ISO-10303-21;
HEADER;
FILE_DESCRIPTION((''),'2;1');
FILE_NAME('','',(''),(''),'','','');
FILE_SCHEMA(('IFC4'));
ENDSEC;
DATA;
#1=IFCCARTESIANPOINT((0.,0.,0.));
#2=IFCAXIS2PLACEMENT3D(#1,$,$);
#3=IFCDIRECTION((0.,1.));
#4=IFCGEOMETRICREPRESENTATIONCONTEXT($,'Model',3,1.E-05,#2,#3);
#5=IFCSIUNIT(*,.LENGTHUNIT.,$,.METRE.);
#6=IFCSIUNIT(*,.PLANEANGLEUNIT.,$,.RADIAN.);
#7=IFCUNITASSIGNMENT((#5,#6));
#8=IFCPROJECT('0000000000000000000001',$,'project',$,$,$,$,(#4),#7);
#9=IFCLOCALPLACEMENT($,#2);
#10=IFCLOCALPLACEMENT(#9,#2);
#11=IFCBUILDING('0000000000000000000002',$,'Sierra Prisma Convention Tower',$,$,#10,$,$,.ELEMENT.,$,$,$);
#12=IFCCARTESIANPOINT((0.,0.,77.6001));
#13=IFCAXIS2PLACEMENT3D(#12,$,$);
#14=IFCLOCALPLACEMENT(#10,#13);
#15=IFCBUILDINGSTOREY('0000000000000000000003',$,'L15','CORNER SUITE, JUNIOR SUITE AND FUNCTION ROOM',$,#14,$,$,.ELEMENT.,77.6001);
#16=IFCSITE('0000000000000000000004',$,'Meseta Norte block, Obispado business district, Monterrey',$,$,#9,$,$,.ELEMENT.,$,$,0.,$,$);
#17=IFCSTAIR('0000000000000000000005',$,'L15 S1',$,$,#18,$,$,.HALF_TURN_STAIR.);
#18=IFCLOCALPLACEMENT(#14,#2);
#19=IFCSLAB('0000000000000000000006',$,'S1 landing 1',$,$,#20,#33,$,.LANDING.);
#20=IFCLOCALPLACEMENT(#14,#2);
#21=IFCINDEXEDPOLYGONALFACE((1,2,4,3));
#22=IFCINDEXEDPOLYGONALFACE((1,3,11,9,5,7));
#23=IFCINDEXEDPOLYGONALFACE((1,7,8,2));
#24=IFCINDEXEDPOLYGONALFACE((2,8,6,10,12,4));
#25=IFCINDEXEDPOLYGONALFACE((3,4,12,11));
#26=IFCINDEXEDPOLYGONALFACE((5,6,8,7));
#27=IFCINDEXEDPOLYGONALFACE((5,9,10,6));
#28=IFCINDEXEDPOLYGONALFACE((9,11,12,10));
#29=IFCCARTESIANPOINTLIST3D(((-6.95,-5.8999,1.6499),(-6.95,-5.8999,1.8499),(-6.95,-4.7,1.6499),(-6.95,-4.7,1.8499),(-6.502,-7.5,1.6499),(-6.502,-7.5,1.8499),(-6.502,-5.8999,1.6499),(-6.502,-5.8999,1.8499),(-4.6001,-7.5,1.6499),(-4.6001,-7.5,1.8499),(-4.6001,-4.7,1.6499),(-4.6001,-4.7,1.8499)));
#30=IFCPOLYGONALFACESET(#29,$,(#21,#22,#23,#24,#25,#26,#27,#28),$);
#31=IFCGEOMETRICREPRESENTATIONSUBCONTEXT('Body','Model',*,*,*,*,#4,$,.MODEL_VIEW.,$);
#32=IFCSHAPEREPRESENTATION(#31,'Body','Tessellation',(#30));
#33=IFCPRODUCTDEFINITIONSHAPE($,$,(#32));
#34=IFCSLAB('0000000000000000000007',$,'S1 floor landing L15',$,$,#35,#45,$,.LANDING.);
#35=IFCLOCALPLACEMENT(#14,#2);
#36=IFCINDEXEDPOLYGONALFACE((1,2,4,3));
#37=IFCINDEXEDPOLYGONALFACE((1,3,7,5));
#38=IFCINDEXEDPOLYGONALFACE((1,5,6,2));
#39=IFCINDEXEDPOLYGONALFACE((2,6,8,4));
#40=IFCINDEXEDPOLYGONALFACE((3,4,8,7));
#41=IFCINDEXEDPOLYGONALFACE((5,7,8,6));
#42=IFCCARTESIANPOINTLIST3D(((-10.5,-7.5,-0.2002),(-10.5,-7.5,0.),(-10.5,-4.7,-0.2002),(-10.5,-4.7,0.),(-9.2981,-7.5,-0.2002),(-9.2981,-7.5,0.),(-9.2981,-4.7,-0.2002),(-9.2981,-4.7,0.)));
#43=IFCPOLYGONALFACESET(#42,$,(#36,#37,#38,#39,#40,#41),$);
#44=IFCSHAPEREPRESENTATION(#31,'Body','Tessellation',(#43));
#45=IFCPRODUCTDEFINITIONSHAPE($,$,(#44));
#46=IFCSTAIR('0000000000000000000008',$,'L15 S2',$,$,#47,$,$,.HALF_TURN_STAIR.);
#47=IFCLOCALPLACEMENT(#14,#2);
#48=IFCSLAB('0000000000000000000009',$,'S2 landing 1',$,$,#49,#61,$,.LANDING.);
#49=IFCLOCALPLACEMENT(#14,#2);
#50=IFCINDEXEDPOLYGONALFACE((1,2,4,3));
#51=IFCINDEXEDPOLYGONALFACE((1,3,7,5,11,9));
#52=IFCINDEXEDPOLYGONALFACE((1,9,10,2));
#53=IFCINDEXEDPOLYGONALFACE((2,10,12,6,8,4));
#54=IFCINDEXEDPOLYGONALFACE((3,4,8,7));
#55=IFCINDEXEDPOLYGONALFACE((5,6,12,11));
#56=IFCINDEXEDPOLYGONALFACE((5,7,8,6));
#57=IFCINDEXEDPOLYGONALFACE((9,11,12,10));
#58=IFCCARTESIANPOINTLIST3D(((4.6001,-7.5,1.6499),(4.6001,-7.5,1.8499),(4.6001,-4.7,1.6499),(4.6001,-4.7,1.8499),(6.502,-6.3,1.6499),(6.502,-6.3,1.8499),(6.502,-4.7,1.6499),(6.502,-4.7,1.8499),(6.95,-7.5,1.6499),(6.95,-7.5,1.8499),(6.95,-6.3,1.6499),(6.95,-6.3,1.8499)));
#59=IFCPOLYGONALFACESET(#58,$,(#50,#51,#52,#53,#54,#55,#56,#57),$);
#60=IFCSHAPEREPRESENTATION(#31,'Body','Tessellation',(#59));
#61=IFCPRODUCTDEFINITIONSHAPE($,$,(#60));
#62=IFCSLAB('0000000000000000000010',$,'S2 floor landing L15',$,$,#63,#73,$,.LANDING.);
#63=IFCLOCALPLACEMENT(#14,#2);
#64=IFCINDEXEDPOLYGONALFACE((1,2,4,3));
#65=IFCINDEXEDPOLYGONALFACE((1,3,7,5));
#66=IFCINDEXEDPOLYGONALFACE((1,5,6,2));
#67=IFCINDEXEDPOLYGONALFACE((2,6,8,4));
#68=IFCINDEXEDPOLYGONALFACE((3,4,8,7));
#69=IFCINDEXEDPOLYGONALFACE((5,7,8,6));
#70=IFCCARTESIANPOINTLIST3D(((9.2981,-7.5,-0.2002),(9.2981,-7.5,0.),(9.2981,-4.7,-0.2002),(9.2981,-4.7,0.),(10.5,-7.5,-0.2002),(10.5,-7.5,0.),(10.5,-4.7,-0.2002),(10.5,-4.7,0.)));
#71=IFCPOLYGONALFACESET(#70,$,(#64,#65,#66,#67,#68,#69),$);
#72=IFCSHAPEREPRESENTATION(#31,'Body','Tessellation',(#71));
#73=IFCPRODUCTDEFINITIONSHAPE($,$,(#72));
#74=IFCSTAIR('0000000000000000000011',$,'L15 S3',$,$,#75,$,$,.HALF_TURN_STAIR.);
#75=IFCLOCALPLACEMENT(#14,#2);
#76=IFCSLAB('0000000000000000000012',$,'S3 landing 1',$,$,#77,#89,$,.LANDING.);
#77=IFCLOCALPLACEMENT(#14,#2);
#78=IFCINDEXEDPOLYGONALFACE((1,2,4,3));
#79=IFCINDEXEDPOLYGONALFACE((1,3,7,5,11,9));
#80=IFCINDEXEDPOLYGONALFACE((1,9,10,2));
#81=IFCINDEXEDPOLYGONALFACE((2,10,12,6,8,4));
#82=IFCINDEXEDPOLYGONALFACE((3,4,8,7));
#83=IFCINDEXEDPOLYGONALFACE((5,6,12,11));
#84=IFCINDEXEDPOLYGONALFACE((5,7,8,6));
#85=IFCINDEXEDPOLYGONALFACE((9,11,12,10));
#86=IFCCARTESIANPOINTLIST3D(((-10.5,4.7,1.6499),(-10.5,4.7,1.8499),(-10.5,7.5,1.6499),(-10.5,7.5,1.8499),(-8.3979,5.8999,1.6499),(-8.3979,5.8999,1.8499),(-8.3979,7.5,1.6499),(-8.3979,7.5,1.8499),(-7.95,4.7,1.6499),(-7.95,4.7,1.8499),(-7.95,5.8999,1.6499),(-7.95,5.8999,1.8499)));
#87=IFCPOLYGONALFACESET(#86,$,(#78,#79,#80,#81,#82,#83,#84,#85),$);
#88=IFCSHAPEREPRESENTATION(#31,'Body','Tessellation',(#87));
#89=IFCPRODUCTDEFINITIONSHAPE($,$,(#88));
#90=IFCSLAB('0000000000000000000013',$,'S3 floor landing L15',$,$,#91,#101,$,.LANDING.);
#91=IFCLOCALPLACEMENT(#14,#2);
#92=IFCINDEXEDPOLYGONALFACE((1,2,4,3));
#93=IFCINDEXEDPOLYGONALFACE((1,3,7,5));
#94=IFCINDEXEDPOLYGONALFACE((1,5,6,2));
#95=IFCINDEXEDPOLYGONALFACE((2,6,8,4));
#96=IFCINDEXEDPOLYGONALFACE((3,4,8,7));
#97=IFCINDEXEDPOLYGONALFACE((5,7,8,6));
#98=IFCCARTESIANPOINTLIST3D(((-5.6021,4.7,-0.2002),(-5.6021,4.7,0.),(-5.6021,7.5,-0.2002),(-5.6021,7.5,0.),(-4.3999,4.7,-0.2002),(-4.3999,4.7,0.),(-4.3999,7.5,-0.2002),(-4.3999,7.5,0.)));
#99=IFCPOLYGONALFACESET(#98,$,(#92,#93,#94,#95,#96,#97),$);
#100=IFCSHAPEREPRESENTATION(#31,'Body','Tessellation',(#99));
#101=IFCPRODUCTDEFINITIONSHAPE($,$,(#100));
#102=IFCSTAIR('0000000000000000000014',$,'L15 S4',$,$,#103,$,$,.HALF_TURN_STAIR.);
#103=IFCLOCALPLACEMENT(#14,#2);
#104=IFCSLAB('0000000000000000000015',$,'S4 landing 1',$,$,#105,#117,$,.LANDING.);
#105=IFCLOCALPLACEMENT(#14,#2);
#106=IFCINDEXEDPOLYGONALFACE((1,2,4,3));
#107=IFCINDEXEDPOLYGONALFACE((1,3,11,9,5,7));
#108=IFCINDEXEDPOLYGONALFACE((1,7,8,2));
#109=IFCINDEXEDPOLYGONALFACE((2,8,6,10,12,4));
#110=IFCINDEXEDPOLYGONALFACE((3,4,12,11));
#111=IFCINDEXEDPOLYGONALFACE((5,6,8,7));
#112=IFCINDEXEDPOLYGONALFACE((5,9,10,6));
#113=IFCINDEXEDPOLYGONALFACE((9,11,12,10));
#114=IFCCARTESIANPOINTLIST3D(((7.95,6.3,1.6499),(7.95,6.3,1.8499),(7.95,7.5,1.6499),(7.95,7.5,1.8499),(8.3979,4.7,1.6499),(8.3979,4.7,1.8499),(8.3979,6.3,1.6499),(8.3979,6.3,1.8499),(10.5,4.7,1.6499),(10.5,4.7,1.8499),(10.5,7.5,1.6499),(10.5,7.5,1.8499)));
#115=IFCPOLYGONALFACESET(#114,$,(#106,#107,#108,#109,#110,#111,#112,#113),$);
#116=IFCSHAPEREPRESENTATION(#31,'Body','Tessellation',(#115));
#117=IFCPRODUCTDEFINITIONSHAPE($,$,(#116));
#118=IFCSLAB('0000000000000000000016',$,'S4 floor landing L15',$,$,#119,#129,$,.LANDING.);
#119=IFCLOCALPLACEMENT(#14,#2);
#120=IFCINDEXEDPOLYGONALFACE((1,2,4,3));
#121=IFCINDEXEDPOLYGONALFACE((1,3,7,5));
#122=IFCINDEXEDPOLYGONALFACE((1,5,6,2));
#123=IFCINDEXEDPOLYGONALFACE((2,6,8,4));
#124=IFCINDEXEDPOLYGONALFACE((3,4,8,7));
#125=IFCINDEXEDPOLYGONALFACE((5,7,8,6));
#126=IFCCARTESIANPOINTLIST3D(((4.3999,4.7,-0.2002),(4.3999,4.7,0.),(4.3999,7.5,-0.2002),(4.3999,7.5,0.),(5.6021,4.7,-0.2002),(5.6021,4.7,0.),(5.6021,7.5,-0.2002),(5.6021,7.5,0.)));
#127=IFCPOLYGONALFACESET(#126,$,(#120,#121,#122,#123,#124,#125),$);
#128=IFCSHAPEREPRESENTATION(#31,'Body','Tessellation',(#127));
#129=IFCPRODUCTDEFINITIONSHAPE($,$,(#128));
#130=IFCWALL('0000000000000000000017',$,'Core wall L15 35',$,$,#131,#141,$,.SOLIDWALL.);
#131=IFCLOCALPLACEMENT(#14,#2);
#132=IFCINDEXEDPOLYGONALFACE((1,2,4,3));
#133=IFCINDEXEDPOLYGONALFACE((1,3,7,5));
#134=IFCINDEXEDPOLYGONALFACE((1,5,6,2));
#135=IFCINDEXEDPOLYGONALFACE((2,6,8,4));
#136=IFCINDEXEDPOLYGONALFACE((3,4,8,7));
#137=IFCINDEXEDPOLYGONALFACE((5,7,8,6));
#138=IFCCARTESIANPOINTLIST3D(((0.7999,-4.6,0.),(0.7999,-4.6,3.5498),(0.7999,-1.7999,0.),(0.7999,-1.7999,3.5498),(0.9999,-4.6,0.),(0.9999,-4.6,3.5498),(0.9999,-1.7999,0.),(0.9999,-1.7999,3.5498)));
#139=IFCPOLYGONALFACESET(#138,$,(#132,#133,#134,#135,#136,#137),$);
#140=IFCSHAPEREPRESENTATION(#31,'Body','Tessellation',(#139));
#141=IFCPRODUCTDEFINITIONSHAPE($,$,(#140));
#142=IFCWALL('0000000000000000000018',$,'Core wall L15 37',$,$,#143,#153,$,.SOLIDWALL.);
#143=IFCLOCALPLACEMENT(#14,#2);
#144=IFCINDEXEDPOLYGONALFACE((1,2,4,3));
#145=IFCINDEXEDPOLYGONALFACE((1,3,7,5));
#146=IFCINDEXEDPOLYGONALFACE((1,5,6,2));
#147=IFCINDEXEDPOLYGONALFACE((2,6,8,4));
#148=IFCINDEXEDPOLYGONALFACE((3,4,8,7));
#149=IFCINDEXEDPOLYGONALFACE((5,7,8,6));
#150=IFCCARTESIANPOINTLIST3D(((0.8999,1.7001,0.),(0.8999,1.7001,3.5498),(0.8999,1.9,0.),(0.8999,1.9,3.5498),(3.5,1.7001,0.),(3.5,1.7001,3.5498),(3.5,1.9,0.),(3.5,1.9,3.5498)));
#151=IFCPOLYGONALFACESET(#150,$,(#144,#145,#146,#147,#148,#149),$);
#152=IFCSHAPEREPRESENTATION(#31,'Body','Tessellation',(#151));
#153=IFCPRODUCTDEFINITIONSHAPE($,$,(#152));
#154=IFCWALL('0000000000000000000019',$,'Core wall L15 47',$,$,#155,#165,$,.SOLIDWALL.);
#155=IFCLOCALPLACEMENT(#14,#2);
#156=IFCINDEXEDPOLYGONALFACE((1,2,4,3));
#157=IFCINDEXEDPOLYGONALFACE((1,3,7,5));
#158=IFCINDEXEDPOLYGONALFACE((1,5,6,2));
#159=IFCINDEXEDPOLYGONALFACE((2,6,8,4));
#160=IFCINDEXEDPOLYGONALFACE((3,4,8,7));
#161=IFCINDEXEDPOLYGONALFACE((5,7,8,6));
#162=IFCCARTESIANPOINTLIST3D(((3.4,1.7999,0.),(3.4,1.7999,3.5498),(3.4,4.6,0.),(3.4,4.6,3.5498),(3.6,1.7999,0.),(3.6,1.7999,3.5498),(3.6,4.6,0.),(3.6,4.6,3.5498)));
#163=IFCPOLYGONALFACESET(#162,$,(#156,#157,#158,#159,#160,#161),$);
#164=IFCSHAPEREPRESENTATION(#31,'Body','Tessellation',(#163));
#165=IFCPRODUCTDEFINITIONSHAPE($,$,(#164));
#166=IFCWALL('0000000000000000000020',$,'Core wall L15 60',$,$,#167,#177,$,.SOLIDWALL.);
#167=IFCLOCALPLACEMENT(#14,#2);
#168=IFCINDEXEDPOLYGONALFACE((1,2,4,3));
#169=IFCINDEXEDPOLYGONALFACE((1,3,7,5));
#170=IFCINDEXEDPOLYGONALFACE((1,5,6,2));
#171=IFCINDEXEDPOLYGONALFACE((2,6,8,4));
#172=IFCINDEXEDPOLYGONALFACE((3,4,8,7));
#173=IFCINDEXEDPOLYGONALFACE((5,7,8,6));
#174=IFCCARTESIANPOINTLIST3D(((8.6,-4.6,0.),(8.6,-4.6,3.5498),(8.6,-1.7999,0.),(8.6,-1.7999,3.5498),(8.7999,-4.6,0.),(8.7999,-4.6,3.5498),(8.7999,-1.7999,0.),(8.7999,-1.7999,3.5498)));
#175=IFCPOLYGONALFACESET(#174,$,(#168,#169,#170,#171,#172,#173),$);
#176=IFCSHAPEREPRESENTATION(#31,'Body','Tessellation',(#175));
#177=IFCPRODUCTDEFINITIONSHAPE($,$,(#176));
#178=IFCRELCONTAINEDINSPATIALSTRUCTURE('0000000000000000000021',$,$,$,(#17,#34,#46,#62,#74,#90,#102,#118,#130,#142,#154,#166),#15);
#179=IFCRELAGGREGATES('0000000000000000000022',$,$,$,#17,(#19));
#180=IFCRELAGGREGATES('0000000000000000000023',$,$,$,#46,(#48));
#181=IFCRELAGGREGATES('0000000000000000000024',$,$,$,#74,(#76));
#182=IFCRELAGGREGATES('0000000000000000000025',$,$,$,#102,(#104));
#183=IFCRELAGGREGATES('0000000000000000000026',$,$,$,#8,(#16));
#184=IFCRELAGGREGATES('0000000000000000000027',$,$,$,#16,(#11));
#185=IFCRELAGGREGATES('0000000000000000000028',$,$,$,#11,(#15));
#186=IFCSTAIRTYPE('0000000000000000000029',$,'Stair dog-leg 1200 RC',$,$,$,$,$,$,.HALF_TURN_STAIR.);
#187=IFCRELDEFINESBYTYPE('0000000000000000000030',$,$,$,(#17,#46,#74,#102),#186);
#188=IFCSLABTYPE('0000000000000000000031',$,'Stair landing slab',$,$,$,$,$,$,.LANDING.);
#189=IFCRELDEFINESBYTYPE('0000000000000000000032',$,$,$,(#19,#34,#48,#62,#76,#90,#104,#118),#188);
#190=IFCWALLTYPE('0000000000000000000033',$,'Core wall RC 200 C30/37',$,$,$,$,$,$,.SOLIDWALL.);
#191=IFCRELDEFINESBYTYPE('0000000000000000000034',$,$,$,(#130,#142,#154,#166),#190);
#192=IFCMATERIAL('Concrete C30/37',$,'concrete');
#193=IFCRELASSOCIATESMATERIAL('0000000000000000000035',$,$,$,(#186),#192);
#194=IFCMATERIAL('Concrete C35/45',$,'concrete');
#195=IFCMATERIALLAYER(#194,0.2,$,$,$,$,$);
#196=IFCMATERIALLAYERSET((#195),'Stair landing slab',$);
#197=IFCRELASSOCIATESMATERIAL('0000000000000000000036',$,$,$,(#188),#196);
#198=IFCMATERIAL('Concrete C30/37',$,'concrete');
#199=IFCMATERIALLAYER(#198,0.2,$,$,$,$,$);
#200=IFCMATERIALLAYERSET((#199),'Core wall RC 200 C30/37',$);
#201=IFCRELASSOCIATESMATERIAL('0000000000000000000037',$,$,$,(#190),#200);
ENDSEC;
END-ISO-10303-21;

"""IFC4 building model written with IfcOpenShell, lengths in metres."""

from ifc_helpers import new_model, si_unit, direction, frame, frame_2d, origin, place, context, subcontext, project, spatial, polyline, rectangle, outline, extrude, material, layer, layer_set, type_object, element, aggregate, save


model = new_model("IFC4")

# Units and contexts
model_context = context("Model", 3, precision=1e-05, world=origin(), true_north=direction((0.0, 1.0)))
body_context = subcontext(model_context, "Body", "Model", "MODEL_VIEW")
ifc_project = project(units=[si_unit("LENGTHUNIT", "METRE"), si_unit("PLANEANGLEUNIT", "RADIAN")], contexts=[model_context])

# Site, building, storey
site_placement = place(None, origin())
site = spatial("IfcSite", under=ifc_project, at=site_placement, Name="Meseta Norte block, Obispado business district, Monterrey", CompositionType="ELEMENT", RefElevation=0.0)
building_placement = place(site_placement, origin())
building = spatial("IfcBuilding", under=site, at=building_placement, Name="Sierra Prisma Convention Tower", CompositionType="ELEMENT")
storey_placement = place(building_placement, frame((0.0, 0.0, 77.6001)))
storey = spatial("IfcBuildingStorey", under=building, at=storey_placement, Name="L15", Description="CORNER SUITE, JUNIOR SUITE AND FUNCTION ROOM", CompositionType="ELEMENT", Elevation=77.6001)

# Stair, slab
ifc_material_1 = material(Name="Concrete C30/37", Category="concrete")
stair_type = type_object("IfcStairType", Name="Stair dog-leg 1200 RC", PredefinedType="HALF_TURN_STAIR", material=ifc_material_1)
stair_1_placement = place(storey_placement, origin())
stair_1 = element("IfcStair", 1, at=stair_1_placement, inside=storey, type_object=stair_type, Name="L15 S1", PredefinedType="HALF_TURN_STAIR")
ifc_material_2 = material(Name="Concrete C35/45", Category="concrete")
ifc_layer_1 = layer(ifc_material_2, 0.2)
ifc_layer_set_1 = layer_set([ifc_layer_1], Name="Stair landing slab")
slab_type = type_object("IfcSlabType", Name="Stair landing slab", PredefinedType="LANDING", material=ifc_layer_set_1)
slab_1_placement = place(storey_placement, frame((0.0, 0.0, 1.6499)))
slab_1 = element("IfcSlab", 2, at=slab_1_placement, type_object=slab_type, Name="S1 landing 1", PredefinedType="LANDING", context=body_context, shape_type="SweptSolid", body=[
    extrude(outline(polyline([(-4.6001, -4.7), (-4.6001, -7.5), (-6.502, -7.5), (-6.502, -5.8999), (-6.95, -5.8999), (-6.95, -4.7), (-4.6001, -4.7)])), origin(), (0.0, 0.0, 1.0), 0.2),
])
aggregate(stair_1, [slab_1])

# Slab
slab_2_placement = place(storey_placement, frame((0.0, 0.0, -0.2002)))
element("IfcSlab", 3, at=slab_2_placement, inside=storey, type_object=slab_type, Name="S1 floor landing L15", PredefinedType="LANDING", context=body_context, shape_type="SweptSolid", body=[
    extrude(outline(polyline([(-10.5, -7.5), (-9.2981, -7.5), (-9.2981, -4.7), (-10.5, -4.7), (-10.5, -7.5)])), origin(), (0.0, 0.0, 1.0), 0.2002),
])

# Stair, slab
stair_2_placement = place(storey_placement, origin())
stair_2 = element("IfcStair", 4, at=stair_2_placement, inside=storey, type_object=stair_type, Name="L15 S2", PredefinedType="HALF_TURN_STAIR")
slab_3_placement = place(storey_placement, frame((0.0, 0.0, 1.6499)))
slab_3 = element("IfcSlab", 5, at=slab_3_placement, type_object=slab_type, Name="S2 landing 1", PredefinedType="LANDING", context=body_context, shape_type="SweptSolid", body=[
    extrude(outline(polyline([(6.95, -6.3), (6.95, -7.5), (4.6001, -7.5), (4.6001, -4.7), (6.502, -4.7), (6.502, -6.3), (6.95, -6.3)])), origin(), (0.0, 0.0, 1.0), 0.2),
])
aggregate(stair_2, [slab_3])

# Slab
slab_4_placement = place(storey_placement, frame((0.0, 0.0, -0.2002)))
element("IfcSlab", 6, at=slab_4_placement, inside=storey, type_object=slab_type, Name="S2 floor landing L15", PredefinedType="LANDING", context=body_context, shape_type="SweptSolid", body=[
    extrude(outline(polyline([(10.5, -4.7), (9.2981, -4.7), (9.2981, -7.5), (10.5, -7.5), (10.5, -4.7)])), origin(), (0.0, 0.0, 1.0), 0.2002),
])

# Stair, slab
stair_3_placement = place(storey_placement, origin())
stair_3 = element("IfcStair", 7, at=stair_3_placement, inside=storey, type_object=stair_type, Name="L15 S3", PredefinedType="HALF_TURN_STAIR")
slab_5_placement = place(storey_placement, frame((0.0, 0.0, 1.6499)))
slab_5 = element("IfcSlab", 8, at=slab_5_placement, type_object=slab_type, Name="S3 landing 1", PredefinedType="LANDING", context=body_context, shape_type="SweptSolid", body=[
    extrude(outline(polyline([(-7.95, 5.8999), (-7.95, 4.7), (-10.5, 4.7), (-10.5, 7.5), (-8.3979, 7.5), (-8.3979, 5.8999), (-7.95, 5.8999)])), origin(), (0.0, 0.0, 1.0), 0.2),
])
aggregate(stair_3, [slab_5])

# Slab
slab_6_placement = place(storey_placement, frame((0.0, 0.0, -0.2002)))
element("IfcSlab", 9, at=slab_6_placement, inside=storey, type_object=slab_type, Name="S3 floor landing L15", PredefinedType="LANDING", context=body_context, shape_type="SweptSolid", body=[
    extrude(outline(polyline([(-4.3999, 7.5), (-5.6021, 7.5), (-5.6021, 4.7), (-4.3999, 4.7), (-4.3999, 7.5)])), origin(), (0.0, 0.0, 1.0), 0.2002),
])

# Stair, slab
stair_4_placement = place(storey_placement, origin())
stair_4 = element("IfcStair", 10, at=stair_4_placement, inside=storey, type_object=stair_type, Name="L15 S4", PredefinedType="HALF_TURN_STAIR")
slab_7_placement = place(storey_placement, frame((0.0, 0.0, 1.6499)))
slab_7 = element("IfcSlab", 11, at=slab_7_placement, type_object=slab_type, Name="S4 landing 1", PredefinedType="LANDING", context=body_context, shape_type="SweptSolid", body=[
    extrude(outline(polyline([(10.5, 7.5), (10.5, 4.7), (8.3979, 4.7), (8.3979, 6.3), (7.95, 6.3), (7.95, 7.5), (10.5, 7.5)])), origin(), (0.0, 0.0, 1.0), 0.2),
])
aggregate(stair_4, [slab_7])

# Slab
slab_8_placement = place(storey_placement, frame((0.0, 0.0, -0.2002)))
element("IfcSlab", 12, at=slab_8_placement, inside=storey, type_object=slab_type, Name="S4 floor landing L15", PredefinedType="LANDING", context=body_context, shape_type="SweptSolid", body=[
    extrude(outline(polyline([(4.3999, 4.7), (5.6021, 4.7), (5.6021, 7.5), (4.3999, 7.5), (4.3999, 4.7)])), origin(), (0.0, 0.0, 1.0), 0.2002),
])

# Shared definitions
ifc_material_3 = material(Name="Concrete C30/37", Category="concrete")
ifc_layer_2 = layer(ifc_material_3, 0.2)
ifc_layer_set_2 = layer_set([ifc_layer_2], Name="Core wall RC 200 C30/37")
wall_type = type_object("IfcWallType", Name="Core wall RC 200 C30/37", PredefinedType="SOLIDWALL", material=ifc_layer_set_2)

# Walls
wall_1_placement = place(storey_placement, frame((0.8999, -1.8, 0.0), z_axis=(0.0, 0.0, 1.0), x_axis=(0.0, -1.0, 0.0)))
element("IfcWall", 13, at=wall_1_placement, inside=storey, type_object=wall_type, Name="Core wall L15 35", PredefinedType="SOLIDWALL", context=body_context, shape_type="SweptSolid", body=[
    extrude(rectangle(XDim=2.8, YDim=0.2, at=frame_2d((1.3999, 0.0))), origin(), (0.0, 0.0, 1.0), 3.5498),
])
wall_2_placement = place(storey_placement, frame((3.5, 1.8, 0.0), z_axis=(0.0, 0.0, 1.0), x_axis=(-1.0, 0.0, 0.0)))
element("IfcWall", 14, at=wall_2_placement, inside=storey, type_object=wall_type, Name="Core wall L15 37", PredefinedType="SOLIDWALL", context=body_context, shape_type="SweptSolid", body=[
    extrude(rectangle(XDim=2.6001, YDim=0.2, at=frame_2d((1.3, 0.0))), origin(), (0.0, 0.0, 1.0), 3.5498),
])

# Wall
wall_3_placement = place(storey_placement, frame((3.5, 1.8, 0.0), z_axis=(0.0, 0.0, 1.0), x_axis=(0.0, 1.0, 0.0)))
element("IfcWall", 15, at=wall_3_placement, inside=storey, type_object=wall_type, Name="Core wall L15 47", PredefinedType="SOLIDWALL", context=body_context, shape_type="SweptSolid", body=[
    extrude(rectangle(XDim=2.8, YDim=0.2, at=frame_2d((1.3999, 0.0))), origin(), (0.0, 0.0, 1.0), 3.5498),
])

# Wall
wall_4_placement = place(storey_placement, frame((8.7, -1.8, 0.0), z_axis=(0.0, 0.0, 1.0), x_axis=(0.0, -1.0, 0.0)))
element("IfcWall", 16, at=wall_4_placement, inside=storey, type_object=wall_type, Name="Core wall L15 60", PredefinedType="SOLIDWALL", context=body_context, shape_type="SweptSolid", body=[
    extrude(rectangle(XDim=2.8, YDim=0.2, at=frame_2d((1.3999, 0.0))), origin(), (0.0, 0.0, 1.0), 3.5498),
])

save(model, "model.ifc")
